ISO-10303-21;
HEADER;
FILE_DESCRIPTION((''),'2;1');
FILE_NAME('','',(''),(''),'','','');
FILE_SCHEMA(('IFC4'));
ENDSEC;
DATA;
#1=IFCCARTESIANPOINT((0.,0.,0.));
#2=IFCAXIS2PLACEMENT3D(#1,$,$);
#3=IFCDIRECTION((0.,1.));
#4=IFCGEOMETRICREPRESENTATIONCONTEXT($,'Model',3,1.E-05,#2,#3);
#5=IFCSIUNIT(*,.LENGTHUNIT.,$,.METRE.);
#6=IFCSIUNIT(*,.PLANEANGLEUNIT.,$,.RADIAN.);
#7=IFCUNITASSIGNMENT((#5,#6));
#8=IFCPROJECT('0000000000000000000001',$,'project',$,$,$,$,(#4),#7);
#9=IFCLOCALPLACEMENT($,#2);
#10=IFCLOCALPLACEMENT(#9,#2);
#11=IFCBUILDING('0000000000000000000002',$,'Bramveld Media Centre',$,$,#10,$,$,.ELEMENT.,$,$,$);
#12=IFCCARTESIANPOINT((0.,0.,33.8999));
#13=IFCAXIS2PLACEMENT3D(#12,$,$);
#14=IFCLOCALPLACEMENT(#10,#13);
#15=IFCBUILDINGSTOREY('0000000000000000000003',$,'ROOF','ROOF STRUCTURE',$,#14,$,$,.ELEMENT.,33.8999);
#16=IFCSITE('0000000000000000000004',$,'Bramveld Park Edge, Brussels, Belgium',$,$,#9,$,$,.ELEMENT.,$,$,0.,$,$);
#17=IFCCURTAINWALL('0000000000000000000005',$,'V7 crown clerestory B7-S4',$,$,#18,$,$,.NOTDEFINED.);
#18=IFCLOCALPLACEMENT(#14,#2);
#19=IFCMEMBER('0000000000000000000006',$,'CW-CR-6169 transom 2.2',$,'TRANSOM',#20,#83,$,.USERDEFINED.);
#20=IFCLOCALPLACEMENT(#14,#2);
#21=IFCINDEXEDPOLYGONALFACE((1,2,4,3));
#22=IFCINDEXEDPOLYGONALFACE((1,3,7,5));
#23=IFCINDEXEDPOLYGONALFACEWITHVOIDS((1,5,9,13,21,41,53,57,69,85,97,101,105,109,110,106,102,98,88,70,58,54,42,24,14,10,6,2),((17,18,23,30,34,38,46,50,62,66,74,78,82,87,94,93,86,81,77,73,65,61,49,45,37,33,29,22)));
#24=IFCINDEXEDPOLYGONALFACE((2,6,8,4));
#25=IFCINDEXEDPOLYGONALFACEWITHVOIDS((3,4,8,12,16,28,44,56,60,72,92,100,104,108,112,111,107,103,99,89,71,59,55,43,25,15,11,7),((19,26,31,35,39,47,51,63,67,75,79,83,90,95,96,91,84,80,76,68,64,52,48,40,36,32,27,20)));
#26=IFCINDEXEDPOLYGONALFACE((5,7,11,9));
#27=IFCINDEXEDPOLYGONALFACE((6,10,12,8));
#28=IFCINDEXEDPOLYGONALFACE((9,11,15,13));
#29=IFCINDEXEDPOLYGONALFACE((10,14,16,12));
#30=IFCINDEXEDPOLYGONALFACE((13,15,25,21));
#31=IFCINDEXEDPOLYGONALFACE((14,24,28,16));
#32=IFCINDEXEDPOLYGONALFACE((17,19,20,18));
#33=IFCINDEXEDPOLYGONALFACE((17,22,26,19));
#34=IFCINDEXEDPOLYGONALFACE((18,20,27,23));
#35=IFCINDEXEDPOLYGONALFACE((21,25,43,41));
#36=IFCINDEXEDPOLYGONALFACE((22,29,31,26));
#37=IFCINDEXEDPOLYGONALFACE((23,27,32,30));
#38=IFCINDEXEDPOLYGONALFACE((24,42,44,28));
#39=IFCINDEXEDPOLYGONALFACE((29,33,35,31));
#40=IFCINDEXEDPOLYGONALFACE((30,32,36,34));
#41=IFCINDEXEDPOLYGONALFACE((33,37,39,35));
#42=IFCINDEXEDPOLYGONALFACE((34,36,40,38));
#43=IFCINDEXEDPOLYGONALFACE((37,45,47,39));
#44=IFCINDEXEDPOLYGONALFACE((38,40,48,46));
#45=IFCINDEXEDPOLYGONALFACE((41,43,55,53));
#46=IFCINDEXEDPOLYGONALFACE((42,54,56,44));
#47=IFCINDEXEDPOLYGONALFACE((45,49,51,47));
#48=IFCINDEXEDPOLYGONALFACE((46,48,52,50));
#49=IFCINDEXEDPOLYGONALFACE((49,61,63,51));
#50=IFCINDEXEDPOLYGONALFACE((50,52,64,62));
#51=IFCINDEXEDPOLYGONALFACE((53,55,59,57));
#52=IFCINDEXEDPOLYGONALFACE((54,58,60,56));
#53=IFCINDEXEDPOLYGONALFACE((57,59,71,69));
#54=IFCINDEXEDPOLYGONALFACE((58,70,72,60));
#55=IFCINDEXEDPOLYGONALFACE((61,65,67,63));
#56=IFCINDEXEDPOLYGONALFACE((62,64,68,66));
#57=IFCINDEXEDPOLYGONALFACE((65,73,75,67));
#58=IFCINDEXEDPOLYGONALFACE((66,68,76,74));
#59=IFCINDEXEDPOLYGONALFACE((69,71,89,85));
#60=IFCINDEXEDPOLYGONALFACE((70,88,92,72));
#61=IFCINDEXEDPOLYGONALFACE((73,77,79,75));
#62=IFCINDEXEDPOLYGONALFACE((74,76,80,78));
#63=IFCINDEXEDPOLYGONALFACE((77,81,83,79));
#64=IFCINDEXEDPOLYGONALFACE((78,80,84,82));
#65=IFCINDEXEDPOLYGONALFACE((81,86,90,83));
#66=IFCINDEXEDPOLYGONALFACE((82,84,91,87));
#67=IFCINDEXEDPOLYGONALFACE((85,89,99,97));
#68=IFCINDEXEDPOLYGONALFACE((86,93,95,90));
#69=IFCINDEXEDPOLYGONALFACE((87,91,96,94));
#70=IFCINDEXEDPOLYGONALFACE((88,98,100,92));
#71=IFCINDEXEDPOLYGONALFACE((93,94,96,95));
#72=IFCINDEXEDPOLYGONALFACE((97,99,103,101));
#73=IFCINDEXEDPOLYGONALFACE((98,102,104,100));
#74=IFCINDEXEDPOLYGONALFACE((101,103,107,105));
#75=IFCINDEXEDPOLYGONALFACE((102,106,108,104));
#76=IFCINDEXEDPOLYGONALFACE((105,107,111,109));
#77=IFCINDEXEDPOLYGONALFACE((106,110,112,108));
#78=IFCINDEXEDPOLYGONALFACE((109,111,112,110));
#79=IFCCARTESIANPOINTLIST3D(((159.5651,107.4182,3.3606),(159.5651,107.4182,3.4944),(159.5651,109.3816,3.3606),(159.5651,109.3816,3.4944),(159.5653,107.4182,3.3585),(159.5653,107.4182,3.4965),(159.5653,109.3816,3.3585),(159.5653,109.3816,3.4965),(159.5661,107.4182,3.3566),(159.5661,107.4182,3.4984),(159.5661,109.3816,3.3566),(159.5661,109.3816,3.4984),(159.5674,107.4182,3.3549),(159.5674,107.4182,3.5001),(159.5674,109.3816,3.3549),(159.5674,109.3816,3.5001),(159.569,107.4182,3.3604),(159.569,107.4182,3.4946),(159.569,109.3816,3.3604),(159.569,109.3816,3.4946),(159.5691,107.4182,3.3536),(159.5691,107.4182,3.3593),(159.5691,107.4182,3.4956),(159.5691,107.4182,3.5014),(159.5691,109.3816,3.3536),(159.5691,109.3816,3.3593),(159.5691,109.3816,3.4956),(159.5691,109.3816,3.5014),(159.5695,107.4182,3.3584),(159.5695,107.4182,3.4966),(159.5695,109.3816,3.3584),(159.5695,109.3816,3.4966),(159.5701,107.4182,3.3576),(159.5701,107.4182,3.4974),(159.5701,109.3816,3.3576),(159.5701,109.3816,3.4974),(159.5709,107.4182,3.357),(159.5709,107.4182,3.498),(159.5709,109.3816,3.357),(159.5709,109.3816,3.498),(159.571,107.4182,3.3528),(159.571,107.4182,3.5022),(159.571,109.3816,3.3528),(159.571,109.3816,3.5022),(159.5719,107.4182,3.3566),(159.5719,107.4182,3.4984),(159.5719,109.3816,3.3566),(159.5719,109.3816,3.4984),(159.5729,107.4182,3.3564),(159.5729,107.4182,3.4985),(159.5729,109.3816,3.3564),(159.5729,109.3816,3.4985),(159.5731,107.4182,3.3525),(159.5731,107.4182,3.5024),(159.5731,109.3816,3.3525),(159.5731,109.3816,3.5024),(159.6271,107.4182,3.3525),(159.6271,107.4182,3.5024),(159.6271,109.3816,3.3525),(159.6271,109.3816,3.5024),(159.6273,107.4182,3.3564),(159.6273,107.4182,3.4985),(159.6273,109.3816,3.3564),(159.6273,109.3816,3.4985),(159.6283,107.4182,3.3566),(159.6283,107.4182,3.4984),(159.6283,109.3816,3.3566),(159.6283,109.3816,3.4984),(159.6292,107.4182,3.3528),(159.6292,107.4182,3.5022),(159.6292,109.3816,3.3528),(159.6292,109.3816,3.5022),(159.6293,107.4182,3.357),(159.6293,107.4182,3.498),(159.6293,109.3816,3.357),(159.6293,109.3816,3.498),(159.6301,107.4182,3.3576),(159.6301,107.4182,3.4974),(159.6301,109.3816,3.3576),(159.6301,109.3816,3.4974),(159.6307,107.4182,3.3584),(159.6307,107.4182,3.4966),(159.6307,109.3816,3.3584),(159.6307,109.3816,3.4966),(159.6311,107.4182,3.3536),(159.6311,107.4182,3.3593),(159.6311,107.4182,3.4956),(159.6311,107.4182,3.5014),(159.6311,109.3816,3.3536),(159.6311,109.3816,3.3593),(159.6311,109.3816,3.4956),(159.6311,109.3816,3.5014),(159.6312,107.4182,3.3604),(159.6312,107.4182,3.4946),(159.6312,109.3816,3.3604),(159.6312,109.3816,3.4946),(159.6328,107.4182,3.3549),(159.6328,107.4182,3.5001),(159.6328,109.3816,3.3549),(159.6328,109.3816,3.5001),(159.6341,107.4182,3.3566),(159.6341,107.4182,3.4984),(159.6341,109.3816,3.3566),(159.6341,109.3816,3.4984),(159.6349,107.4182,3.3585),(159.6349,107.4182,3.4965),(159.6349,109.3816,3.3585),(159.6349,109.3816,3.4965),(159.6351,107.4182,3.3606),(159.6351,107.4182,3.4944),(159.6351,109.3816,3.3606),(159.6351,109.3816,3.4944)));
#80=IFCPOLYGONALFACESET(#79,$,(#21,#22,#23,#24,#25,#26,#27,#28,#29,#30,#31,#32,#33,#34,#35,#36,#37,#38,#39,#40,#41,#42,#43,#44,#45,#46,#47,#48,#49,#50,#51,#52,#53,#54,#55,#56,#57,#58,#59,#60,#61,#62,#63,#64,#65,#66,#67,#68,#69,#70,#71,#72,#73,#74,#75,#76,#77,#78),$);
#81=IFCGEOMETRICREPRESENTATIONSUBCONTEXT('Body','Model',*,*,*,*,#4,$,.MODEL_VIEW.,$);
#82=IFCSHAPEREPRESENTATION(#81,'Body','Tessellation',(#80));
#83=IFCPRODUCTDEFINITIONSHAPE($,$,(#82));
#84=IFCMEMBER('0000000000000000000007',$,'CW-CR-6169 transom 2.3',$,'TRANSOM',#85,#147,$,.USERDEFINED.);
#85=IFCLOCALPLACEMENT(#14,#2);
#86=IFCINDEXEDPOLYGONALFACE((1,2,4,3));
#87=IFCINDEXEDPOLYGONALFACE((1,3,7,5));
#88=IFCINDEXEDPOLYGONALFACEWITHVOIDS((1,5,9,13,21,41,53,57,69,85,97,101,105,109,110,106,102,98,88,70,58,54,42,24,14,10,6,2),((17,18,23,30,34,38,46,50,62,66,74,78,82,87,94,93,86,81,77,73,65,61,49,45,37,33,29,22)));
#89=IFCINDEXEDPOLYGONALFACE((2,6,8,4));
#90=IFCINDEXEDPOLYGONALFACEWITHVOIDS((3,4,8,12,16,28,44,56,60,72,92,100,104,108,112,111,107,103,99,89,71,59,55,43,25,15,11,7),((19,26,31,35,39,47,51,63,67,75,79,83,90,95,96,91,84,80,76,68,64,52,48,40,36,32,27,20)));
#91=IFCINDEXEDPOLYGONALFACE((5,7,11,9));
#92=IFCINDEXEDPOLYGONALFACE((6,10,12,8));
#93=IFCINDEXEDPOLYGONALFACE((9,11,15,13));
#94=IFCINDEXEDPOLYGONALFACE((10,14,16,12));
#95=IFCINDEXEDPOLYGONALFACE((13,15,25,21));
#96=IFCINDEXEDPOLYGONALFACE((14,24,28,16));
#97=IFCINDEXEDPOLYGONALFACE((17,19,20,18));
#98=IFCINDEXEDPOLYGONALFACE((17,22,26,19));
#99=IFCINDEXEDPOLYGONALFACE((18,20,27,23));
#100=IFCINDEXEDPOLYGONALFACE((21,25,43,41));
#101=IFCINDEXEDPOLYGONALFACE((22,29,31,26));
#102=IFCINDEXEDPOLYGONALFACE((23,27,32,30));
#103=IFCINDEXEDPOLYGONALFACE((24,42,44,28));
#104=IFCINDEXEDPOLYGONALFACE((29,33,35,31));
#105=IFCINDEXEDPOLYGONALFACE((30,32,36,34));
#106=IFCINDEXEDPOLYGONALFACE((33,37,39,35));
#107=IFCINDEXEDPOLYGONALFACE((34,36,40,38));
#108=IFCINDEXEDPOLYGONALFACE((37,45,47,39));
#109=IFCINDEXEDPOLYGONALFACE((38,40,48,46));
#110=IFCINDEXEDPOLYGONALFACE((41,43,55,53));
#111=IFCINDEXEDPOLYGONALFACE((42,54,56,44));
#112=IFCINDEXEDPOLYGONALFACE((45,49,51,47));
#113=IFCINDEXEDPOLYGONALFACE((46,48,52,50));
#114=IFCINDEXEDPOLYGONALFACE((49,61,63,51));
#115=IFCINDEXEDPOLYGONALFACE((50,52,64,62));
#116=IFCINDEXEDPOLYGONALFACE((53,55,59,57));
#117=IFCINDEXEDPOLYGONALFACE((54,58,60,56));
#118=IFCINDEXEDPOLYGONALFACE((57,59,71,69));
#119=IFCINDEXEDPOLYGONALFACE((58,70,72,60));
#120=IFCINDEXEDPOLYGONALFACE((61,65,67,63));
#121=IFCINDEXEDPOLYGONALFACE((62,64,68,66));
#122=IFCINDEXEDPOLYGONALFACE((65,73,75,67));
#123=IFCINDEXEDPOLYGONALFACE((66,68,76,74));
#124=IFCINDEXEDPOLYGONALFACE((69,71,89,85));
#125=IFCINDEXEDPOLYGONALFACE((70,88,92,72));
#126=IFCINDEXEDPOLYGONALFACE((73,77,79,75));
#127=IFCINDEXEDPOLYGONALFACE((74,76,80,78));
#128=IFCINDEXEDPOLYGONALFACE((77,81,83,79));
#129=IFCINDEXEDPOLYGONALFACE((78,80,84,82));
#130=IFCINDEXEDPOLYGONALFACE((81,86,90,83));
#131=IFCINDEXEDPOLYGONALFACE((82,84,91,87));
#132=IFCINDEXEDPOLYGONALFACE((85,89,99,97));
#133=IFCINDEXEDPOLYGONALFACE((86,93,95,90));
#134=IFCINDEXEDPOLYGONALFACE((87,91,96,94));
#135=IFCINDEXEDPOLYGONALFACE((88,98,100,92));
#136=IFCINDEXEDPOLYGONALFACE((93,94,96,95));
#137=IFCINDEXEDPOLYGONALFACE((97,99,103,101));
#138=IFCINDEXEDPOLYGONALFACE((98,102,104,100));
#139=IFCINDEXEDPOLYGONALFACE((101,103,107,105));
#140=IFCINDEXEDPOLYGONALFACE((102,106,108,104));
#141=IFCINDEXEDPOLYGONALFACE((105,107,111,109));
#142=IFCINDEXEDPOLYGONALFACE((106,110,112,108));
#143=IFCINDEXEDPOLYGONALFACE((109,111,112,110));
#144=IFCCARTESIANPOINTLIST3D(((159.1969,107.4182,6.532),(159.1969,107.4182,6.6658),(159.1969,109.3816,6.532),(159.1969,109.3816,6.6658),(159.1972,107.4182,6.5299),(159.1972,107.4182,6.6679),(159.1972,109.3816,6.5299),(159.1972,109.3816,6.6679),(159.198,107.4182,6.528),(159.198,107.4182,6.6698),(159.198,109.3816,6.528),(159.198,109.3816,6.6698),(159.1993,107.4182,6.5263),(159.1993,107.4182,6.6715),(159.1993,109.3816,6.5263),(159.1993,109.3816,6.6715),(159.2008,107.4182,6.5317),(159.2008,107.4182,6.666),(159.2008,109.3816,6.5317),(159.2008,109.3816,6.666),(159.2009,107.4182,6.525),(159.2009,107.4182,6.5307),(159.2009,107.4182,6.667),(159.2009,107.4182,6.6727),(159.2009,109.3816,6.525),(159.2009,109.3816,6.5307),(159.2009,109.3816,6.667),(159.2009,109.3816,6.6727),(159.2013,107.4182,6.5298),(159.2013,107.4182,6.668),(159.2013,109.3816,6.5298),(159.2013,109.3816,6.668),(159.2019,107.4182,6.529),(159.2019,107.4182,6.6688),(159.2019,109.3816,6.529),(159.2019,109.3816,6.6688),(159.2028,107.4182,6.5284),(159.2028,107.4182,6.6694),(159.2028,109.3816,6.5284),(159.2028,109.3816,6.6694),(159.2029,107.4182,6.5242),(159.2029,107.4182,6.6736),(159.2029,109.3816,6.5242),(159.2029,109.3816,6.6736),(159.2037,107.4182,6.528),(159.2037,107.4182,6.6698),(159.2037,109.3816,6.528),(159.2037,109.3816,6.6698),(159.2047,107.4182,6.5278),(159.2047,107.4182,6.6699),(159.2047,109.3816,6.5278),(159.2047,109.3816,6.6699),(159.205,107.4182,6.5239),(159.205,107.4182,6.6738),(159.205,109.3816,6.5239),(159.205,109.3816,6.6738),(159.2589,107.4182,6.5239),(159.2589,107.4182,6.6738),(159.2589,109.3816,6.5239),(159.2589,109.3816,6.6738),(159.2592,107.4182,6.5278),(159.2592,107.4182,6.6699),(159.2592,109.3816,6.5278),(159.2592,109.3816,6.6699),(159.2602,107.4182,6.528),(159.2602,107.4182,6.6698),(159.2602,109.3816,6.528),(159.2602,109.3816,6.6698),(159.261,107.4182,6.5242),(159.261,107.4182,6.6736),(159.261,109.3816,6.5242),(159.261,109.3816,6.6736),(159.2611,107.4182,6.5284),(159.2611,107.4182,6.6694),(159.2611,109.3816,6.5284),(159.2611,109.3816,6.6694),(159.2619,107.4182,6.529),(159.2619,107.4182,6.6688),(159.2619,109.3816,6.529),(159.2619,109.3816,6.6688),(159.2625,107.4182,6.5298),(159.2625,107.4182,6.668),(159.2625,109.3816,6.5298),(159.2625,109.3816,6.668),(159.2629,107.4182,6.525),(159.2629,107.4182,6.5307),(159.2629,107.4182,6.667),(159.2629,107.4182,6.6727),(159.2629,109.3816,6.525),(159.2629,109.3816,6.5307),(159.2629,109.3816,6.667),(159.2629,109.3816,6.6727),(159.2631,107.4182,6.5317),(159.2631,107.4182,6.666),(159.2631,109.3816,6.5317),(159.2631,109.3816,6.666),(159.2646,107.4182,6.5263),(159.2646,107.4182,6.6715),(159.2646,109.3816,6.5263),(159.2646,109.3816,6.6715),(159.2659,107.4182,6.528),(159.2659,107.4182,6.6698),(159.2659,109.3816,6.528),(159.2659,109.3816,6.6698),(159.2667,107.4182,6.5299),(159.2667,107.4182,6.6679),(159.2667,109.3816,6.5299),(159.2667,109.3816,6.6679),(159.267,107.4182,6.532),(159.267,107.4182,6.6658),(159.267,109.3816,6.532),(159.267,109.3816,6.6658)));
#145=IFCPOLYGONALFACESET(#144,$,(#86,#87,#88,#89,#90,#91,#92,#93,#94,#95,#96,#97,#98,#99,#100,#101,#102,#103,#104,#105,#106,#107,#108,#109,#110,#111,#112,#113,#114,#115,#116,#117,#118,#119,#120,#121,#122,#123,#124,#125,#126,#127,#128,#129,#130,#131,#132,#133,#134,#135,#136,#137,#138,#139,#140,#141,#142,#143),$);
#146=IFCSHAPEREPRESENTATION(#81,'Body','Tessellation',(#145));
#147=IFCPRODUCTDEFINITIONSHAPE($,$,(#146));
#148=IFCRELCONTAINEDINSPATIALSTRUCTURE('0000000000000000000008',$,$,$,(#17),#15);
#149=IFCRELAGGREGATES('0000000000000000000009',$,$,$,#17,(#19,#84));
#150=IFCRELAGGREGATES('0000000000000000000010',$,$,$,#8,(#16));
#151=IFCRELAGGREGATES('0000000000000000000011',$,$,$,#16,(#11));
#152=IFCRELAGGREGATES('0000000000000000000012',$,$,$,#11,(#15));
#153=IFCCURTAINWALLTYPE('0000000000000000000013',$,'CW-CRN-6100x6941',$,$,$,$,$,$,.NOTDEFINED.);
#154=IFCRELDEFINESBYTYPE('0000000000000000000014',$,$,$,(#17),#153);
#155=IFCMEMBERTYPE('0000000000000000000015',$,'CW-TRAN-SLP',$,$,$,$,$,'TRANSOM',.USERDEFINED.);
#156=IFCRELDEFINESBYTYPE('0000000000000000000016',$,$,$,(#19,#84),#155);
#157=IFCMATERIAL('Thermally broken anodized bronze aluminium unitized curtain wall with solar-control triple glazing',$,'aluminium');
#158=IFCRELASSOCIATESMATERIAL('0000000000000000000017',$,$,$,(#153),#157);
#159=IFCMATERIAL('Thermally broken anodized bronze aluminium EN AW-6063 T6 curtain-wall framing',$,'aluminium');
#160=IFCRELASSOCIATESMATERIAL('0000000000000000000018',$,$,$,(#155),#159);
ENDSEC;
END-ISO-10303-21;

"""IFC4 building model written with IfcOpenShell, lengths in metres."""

from ifc_helpers import new_model, si_unit, direction, frame, origin, origin_2d, place, context, subcontext, project, spatial, hollow_rectangle, extrude, material, material_profile, profile_set, type_object, element, aggregate, save


model = new_model("IFC4")

# Units and contexts
model_context = context("Model", 3, precision=1e-05, world=origin(), true_north=direction((0.0, 1.0)))
body_context = subcontext(model_context, "Body", "Model", "MODEL_VIEW")
ifc_project = project(units=[si_unit("LENGTHUNIT", "METRE"), si_unit("PLANEANGLEUNIT", "RADIAN")], contexts=[model_context])

# Site, building, storey
site_placement = place(None, origin())
site = spatial("IfcSite", under=ifc_project, at=site_placement, Name="Bramveld Park Edge, Brussels, Belgium", CompositionType="ELEMENT", RefElevation=0.0)
building_placement = place(site_placement, origin())
building = spatial("IfcBuilding", under=site, at=building_placement, Name="Bramveld Media Centre", CompositionType="ELEMENT")
storey_placement = place(building_placement, frame((0.0, 0.0, 33.8999)))
storey = spatial("IfcBuildingStorey", under=building, at=storey_placement, Name="ROOF", Description="ROOF STRUCTURE", CompositionType="ELEMENT", Elevation=33.8999)

# Curtain wall
ifc_material_1 = material(Name="Thermally broken anodized bronze aluminium unitized curtain wall with solar-control triple glazing", Category="aluminium")
curtain_wall_type = type_object("IfcCurtainWallType", Name="CW-CRN-6100x6941", PredefinedType="NOTDEFINED", material=ifc_material_1)
curtain_wall_1_placement = place(storey_placement, origin())
curtain_wall_1 = element("IfcCurtainWall", 1, at=curtain_wall_1_placement, inside=storey, type_object=curtain_wall_type, Name="V7 crown clerestory B7-S4", PredefinedType="NOTDEFINED")

# Members
ifc_material_2 = material(Name="Thermally broken anodized bronze aluminium EN AW-6063 T6 curtain-wall framing", Category="aluminium")
ifc_material_profile_1 = material_profile(ifc_material_2, hollow_rectangle(XDim=0.0701, YDim=0.1499, WallThickness=0.0039, InnerFilletRadius=0.0039, OuterFilletRadius=0.0081, at=origin_2d()), Name="AL-TRAN 70x150")
ifc_profile_set_1 = profile_set([ifc_material_profile_1], Name="Thermally broken anodized bronze aluminium EN AW-6063 T6 curtain-wall framing")
member_type_1 = type_object("IfcMemberType", Name="CW-TRAN-SLP", ElementType="TRANSOM", PredefinedType="USERDEFINED", material=ifc_profile_set_1)
member_1_placement = place(storey_placement, frame((159.6001, 107.4182, 3.4275), z_axis=(0.0, 1.0, 0.0), x_axis=(-1.0, 0.0, 0.0)))
member_1 = element("IfcMember", 2, at=member_1_placement, type_object=member_type_1, Name="CW-CR-6169 transom 2.2", ObjectType="TRANSOM", PredefinedType="USERDEFINED", context=body_context, shape_type="SweptSolid", body=[
    extrude(hollow_rectangle(XDim=0.0701, YDim=0.1499, WallThickness=0.0039, InnerFilletRadius=0.0039, OuterFilletRadius=0.0081, at=origin_2d()), origin(), (0.0, 0.0, 1.0), 1.9634),
])
member_2_placement = place(storey_placement, frame((159.2319, 107.4182, 6.5989), z_axis=(0.0, 1.0, 0.0), x_axis=(-1.0, 0.0, 0.0)))
member_2 = element("IfcMember", 3, at=member_2_placement, type_object=member_type_1, Name="CW-CR-6169 transom 2.3", ObjectType="TRANSOM", PredefinedType="USERDEFINED", context=body_context, shape_type="SweptSolid", body=[
    extrude(hollow_rectangle(XDim=0.0701, YDim=0.1499, WallThickness=0.0039, InnerFilletRadius=0.0039, OuterFilletRadius=0.0081, at=origin_2d()), origin(), (0.0, 0.0, 1.0), 1.9634),
])

aggregate(curtain_wall_1, [member_1, member_2])

save(model, "model.ifc")
